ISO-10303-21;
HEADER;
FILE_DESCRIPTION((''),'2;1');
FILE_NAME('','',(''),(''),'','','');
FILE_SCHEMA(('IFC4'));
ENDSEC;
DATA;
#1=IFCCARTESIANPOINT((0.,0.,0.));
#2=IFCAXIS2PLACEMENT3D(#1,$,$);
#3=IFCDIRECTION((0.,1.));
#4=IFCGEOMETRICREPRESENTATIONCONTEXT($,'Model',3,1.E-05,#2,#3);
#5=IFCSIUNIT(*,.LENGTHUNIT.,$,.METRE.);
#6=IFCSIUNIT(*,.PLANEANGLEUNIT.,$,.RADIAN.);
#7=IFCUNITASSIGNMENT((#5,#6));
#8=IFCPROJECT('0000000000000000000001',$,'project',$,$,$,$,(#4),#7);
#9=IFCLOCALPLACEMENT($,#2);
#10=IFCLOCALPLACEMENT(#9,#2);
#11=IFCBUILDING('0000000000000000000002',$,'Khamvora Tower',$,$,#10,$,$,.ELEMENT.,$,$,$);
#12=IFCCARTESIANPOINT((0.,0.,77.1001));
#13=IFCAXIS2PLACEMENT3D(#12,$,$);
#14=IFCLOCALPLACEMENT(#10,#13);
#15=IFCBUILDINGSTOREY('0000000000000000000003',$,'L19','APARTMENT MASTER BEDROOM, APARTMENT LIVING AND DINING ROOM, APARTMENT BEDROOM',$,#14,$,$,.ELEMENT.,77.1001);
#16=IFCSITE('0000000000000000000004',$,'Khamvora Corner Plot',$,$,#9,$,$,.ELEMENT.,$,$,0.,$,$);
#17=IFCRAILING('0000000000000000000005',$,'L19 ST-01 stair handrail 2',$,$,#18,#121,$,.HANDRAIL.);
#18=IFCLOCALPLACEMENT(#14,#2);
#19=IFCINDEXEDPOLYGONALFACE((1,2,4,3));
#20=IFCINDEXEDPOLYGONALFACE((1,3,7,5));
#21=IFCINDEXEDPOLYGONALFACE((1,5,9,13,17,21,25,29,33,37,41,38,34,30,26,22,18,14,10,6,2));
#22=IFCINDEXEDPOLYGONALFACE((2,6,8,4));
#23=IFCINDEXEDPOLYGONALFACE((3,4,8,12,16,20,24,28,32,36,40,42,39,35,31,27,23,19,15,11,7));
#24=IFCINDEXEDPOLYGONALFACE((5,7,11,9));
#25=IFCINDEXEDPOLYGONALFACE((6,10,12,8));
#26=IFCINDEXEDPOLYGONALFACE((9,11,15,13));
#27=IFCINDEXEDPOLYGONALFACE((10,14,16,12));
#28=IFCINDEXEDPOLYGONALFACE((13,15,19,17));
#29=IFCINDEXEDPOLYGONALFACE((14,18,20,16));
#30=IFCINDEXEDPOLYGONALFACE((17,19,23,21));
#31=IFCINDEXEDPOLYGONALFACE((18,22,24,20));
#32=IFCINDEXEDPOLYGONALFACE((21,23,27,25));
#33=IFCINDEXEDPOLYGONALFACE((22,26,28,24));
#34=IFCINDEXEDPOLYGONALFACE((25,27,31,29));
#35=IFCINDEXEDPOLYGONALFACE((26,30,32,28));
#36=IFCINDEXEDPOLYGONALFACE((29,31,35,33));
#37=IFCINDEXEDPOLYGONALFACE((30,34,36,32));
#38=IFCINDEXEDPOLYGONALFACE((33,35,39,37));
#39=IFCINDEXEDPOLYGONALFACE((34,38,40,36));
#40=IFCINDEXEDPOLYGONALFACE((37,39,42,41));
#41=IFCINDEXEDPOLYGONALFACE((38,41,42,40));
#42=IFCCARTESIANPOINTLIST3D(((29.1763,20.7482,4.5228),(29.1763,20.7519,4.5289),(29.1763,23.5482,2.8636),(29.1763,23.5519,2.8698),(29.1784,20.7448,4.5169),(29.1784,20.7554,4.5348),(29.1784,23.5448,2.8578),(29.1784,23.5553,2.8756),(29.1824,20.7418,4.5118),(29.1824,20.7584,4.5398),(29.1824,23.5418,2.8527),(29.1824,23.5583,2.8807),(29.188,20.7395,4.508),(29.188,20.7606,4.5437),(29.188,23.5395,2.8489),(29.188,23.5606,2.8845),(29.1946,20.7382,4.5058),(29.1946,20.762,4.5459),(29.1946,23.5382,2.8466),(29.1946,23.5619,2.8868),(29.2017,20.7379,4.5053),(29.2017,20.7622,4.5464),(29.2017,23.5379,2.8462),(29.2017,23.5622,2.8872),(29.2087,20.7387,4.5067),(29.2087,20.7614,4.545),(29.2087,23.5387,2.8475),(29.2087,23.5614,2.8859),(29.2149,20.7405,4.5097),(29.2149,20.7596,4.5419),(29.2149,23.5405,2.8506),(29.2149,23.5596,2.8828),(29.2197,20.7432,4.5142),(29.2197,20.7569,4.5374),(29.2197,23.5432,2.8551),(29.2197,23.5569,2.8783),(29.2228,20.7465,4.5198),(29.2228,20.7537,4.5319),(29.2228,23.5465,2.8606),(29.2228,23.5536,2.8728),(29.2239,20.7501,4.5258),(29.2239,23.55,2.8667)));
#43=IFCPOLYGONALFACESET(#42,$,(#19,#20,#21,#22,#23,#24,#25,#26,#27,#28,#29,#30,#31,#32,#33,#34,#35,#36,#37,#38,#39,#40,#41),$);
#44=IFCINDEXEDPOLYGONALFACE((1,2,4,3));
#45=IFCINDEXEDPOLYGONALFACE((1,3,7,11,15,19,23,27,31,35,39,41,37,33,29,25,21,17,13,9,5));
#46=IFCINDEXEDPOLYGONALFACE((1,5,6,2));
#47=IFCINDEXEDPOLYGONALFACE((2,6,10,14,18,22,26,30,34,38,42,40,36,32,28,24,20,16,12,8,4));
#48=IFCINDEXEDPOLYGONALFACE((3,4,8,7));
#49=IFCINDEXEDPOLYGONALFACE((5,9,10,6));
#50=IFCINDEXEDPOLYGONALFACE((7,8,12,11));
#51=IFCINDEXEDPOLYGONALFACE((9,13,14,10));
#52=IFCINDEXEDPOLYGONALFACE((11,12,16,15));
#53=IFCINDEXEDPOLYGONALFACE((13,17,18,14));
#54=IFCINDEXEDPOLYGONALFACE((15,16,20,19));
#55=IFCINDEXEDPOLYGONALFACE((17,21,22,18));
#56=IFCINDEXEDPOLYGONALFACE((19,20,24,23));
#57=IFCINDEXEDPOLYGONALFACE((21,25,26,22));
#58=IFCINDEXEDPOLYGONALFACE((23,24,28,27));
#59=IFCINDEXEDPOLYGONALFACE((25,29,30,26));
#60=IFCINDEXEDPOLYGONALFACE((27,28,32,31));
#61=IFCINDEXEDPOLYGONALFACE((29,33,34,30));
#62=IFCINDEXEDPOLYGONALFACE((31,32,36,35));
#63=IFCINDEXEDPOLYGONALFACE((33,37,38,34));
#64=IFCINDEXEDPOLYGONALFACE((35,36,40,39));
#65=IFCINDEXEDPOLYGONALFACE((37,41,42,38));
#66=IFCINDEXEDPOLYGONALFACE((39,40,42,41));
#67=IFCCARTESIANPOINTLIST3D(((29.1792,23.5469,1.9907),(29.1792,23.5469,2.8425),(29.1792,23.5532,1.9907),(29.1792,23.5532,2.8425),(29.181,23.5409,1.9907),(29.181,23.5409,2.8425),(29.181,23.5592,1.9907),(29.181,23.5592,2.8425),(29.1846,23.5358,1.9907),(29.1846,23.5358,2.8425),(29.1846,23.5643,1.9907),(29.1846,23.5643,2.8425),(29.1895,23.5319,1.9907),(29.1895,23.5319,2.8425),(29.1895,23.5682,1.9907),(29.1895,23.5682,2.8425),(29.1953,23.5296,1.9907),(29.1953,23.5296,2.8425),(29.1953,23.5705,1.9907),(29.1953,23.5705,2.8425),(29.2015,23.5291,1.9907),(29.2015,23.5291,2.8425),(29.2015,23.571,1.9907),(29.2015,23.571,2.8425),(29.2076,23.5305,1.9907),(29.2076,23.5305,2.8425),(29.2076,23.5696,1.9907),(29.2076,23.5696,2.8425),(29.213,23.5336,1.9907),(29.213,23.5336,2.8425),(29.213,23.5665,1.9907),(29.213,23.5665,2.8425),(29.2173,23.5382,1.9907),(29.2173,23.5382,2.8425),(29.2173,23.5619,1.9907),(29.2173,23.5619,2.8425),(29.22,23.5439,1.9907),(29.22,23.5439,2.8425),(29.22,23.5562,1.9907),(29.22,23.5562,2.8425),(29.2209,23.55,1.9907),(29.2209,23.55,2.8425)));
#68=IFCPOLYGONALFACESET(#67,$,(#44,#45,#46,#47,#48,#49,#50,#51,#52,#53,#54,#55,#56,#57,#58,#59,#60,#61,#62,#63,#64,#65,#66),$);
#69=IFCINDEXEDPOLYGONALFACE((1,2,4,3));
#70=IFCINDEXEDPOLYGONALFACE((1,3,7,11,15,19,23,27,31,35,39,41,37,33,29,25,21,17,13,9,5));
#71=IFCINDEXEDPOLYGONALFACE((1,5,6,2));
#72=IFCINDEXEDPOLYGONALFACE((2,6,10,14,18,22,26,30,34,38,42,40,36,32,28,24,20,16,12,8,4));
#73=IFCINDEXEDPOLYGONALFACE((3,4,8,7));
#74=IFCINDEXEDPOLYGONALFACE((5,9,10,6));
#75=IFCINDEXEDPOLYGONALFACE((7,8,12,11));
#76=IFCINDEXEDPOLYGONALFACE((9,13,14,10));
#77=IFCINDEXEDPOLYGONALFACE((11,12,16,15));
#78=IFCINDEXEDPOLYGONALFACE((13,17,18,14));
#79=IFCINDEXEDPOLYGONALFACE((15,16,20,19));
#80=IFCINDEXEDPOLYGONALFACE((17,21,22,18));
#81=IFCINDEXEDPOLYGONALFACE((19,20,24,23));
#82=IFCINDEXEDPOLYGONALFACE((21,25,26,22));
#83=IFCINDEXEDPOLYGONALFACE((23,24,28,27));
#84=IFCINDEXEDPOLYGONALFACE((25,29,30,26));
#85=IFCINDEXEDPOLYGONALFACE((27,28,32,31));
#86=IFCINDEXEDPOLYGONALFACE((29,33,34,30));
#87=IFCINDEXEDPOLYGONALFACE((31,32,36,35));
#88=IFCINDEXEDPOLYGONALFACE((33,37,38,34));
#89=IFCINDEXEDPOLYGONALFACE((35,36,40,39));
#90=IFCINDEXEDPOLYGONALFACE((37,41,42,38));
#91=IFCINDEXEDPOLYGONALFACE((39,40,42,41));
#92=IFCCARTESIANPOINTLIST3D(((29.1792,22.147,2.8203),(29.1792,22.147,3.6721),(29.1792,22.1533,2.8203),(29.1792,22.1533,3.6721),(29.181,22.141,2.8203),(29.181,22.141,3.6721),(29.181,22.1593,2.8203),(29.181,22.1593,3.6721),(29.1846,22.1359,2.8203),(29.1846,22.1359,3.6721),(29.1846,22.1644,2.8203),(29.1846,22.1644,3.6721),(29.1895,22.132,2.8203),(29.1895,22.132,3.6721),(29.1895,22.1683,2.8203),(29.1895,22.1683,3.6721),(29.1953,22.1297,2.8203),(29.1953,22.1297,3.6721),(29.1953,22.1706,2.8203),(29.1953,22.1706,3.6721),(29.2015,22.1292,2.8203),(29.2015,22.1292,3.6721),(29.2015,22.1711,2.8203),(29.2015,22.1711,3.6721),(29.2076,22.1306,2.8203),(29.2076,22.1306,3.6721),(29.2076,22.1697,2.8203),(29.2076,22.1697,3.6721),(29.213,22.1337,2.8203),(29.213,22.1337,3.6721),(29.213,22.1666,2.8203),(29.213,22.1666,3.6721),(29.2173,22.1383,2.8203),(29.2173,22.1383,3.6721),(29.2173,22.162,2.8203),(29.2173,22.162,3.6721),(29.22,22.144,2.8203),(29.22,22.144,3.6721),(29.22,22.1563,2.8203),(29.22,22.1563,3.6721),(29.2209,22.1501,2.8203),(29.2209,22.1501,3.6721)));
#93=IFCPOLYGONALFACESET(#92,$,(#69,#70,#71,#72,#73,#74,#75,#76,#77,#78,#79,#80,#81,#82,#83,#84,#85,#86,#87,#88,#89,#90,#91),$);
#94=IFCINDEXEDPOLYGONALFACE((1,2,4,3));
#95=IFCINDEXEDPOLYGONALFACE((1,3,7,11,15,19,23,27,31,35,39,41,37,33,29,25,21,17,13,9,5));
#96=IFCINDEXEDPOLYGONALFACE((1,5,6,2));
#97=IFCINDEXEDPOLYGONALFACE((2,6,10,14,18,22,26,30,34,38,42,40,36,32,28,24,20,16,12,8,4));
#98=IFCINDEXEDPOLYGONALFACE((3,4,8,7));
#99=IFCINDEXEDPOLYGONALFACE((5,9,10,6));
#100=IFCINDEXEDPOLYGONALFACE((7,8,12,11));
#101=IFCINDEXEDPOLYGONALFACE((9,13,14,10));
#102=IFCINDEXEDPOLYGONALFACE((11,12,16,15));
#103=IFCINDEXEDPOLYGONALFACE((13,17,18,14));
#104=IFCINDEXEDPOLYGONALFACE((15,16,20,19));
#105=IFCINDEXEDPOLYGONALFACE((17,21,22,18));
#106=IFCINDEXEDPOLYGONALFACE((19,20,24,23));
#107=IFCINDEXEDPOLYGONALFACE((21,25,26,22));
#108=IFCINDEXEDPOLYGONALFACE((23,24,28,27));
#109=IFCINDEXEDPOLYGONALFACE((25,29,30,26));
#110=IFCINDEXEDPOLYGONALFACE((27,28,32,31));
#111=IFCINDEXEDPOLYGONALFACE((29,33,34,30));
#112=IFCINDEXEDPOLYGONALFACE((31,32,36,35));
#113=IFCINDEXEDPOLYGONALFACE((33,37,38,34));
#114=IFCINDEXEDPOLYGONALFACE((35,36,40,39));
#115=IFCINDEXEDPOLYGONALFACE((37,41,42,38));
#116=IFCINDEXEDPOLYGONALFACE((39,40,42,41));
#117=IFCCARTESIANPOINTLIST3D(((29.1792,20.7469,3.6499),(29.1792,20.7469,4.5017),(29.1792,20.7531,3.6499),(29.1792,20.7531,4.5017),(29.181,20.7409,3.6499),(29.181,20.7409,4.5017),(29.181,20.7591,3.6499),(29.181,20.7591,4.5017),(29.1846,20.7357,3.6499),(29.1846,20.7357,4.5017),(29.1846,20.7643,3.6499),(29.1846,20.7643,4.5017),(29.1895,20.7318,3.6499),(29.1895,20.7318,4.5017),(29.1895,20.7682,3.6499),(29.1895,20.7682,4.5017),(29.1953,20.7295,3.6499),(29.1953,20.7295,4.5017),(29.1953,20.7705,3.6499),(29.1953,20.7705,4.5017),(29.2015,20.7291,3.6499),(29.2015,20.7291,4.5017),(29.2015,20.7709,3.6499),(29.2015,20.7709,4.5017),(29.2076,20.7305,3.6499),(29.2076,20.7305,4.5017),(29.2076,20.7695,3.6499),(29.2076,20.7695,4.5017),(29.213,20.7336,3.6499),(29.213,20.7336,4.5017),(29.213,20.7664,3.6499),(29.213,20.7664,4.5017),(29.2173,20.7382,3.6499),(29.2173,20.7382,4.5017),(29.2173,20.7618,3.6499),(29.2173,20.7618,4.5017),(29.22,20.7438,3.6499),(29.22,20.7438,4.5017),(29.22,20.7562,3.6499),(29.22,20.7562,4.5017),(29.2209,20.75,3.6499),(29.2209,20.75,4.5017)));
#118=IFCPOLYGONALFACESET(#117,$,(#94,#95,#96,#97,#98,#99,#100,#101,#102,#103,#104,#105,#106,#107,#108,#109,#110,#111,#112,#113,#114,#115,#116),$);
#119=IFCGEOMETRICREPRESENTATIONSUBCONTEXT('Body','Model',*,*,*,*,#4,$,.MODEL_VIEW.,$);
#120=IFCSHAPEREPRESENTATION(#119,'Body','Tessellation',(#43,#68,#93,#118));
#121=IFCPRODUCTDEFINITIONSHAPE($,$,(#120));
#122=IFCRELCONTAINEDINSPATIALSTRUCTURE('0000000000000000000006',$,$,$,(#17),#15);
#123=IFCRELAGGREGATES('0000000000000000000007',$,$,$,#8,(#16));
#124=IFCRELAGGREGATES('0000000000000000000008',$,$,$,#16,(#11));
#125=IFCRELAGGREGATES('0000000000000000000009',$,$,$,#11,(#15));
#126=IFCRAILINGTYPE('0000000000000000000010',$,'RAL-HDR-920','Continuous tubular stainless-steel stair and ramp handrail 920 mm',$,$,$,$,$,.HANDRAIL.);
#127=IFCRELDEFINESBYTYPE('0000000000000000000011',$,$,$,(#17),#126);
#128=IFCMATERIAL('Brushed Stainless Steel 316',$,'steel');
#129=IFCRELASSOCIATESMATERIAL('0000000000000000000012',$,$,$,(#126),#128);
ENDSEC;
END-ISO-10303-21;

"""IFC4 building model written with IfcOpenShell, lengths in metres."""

from ifc_helpers import new_model, si_unit, direction, frame, origin, origin_2d, place, context, subcontext, project, spatial, circle, extrude, material, type_object, element, save


model = new_model("IFC4")

# Units and contexts
model_context = context("Model", 3, precision=1e-05, world=origin(), true_north=direction((0.0, 1.0)))
body_context = subcontext(model_context, "Body", "Model", "MODEL_VIEW")
ifc_project = project(units=[si_unit("LENGTHUNIT", "METRE"), si_unit("PLANEANGLEUNIT", "RADIAN")], contexts=[model_context])

# Site, building, storey
site_placement = place(None, origin())
site = spatial("IfcSite", under=ifc_project, at=site_placement, Name="Khamvora Corner Plot", CompositionType="ELEMENT", RefElevation=0.0)
building_placement = place(site_placement, origin())
building = spatial("IfcBuilding", under=site, at=building_placement, Name="Khamvora Tower", CompositionType="ELEMENT")
storey_placement = place(building_placement, frame((0.0, 0.0, 77.1001)))
storey = spatial("IfcBuildingStorey", under=building, at=storey_placement, Name="L19", Description="APARTMENT MASTER BEDROOM, APARTMENT LIVING AND DINING ROOM, APARTMENT BEDROOM", CompositionType="ELEMENT", Elevation=77.1001)

# Railing
ifc_material_1 = material(Name="Brushed Stainless Steel 316", Category="steel")
railing_type_1 = type_object("IfcRailingType", Name="RAL-HDR-920", Description="Continuous tubular stainless-steel stair and ramp handrail 920 mm", PredefinedType="HANDRAIL", material=ifc_material_1)
railing_1_placement = place(storey_placement, frame((29.2, 23.55, 1.9907)))
element("IfcRailing", 1, at=railing_1_placement, inside=storey, type_object=railing_type_1, Name="L19 ST-01 stair handrail 2", PredefinedType="HANDRAIL", context=body_context, shape_type="SweptSolid", body=[
    extrude(circle(Radius=0.0239, at=origin_2d()), frame((0.0, 0.0, 0.876), z_axis=(0.0, -0.860306, 0.509778), x_axis=(1.0, 0.0, 0.0)), (0.0, 0.0, 1.0), 3.2546),
    extrude(circle(Radius=0.021, at=origin_2d()), origin(), (0.0, 0.0, 1.0), 0.8518),
    extrude(circle(Radius=0.021, at=origin_2d()), frame((0.0, -1.3999, 0.8296)), (0.0, 0.0, 1.0), 0.8518),
    extrude(circle(Radius=0.021, at=origin_2d()), frame((0.0, -2.8, 1.6592)), (0.0, 0.0, 1.0), 0.8518),
])

save(model, "model.ifc")
